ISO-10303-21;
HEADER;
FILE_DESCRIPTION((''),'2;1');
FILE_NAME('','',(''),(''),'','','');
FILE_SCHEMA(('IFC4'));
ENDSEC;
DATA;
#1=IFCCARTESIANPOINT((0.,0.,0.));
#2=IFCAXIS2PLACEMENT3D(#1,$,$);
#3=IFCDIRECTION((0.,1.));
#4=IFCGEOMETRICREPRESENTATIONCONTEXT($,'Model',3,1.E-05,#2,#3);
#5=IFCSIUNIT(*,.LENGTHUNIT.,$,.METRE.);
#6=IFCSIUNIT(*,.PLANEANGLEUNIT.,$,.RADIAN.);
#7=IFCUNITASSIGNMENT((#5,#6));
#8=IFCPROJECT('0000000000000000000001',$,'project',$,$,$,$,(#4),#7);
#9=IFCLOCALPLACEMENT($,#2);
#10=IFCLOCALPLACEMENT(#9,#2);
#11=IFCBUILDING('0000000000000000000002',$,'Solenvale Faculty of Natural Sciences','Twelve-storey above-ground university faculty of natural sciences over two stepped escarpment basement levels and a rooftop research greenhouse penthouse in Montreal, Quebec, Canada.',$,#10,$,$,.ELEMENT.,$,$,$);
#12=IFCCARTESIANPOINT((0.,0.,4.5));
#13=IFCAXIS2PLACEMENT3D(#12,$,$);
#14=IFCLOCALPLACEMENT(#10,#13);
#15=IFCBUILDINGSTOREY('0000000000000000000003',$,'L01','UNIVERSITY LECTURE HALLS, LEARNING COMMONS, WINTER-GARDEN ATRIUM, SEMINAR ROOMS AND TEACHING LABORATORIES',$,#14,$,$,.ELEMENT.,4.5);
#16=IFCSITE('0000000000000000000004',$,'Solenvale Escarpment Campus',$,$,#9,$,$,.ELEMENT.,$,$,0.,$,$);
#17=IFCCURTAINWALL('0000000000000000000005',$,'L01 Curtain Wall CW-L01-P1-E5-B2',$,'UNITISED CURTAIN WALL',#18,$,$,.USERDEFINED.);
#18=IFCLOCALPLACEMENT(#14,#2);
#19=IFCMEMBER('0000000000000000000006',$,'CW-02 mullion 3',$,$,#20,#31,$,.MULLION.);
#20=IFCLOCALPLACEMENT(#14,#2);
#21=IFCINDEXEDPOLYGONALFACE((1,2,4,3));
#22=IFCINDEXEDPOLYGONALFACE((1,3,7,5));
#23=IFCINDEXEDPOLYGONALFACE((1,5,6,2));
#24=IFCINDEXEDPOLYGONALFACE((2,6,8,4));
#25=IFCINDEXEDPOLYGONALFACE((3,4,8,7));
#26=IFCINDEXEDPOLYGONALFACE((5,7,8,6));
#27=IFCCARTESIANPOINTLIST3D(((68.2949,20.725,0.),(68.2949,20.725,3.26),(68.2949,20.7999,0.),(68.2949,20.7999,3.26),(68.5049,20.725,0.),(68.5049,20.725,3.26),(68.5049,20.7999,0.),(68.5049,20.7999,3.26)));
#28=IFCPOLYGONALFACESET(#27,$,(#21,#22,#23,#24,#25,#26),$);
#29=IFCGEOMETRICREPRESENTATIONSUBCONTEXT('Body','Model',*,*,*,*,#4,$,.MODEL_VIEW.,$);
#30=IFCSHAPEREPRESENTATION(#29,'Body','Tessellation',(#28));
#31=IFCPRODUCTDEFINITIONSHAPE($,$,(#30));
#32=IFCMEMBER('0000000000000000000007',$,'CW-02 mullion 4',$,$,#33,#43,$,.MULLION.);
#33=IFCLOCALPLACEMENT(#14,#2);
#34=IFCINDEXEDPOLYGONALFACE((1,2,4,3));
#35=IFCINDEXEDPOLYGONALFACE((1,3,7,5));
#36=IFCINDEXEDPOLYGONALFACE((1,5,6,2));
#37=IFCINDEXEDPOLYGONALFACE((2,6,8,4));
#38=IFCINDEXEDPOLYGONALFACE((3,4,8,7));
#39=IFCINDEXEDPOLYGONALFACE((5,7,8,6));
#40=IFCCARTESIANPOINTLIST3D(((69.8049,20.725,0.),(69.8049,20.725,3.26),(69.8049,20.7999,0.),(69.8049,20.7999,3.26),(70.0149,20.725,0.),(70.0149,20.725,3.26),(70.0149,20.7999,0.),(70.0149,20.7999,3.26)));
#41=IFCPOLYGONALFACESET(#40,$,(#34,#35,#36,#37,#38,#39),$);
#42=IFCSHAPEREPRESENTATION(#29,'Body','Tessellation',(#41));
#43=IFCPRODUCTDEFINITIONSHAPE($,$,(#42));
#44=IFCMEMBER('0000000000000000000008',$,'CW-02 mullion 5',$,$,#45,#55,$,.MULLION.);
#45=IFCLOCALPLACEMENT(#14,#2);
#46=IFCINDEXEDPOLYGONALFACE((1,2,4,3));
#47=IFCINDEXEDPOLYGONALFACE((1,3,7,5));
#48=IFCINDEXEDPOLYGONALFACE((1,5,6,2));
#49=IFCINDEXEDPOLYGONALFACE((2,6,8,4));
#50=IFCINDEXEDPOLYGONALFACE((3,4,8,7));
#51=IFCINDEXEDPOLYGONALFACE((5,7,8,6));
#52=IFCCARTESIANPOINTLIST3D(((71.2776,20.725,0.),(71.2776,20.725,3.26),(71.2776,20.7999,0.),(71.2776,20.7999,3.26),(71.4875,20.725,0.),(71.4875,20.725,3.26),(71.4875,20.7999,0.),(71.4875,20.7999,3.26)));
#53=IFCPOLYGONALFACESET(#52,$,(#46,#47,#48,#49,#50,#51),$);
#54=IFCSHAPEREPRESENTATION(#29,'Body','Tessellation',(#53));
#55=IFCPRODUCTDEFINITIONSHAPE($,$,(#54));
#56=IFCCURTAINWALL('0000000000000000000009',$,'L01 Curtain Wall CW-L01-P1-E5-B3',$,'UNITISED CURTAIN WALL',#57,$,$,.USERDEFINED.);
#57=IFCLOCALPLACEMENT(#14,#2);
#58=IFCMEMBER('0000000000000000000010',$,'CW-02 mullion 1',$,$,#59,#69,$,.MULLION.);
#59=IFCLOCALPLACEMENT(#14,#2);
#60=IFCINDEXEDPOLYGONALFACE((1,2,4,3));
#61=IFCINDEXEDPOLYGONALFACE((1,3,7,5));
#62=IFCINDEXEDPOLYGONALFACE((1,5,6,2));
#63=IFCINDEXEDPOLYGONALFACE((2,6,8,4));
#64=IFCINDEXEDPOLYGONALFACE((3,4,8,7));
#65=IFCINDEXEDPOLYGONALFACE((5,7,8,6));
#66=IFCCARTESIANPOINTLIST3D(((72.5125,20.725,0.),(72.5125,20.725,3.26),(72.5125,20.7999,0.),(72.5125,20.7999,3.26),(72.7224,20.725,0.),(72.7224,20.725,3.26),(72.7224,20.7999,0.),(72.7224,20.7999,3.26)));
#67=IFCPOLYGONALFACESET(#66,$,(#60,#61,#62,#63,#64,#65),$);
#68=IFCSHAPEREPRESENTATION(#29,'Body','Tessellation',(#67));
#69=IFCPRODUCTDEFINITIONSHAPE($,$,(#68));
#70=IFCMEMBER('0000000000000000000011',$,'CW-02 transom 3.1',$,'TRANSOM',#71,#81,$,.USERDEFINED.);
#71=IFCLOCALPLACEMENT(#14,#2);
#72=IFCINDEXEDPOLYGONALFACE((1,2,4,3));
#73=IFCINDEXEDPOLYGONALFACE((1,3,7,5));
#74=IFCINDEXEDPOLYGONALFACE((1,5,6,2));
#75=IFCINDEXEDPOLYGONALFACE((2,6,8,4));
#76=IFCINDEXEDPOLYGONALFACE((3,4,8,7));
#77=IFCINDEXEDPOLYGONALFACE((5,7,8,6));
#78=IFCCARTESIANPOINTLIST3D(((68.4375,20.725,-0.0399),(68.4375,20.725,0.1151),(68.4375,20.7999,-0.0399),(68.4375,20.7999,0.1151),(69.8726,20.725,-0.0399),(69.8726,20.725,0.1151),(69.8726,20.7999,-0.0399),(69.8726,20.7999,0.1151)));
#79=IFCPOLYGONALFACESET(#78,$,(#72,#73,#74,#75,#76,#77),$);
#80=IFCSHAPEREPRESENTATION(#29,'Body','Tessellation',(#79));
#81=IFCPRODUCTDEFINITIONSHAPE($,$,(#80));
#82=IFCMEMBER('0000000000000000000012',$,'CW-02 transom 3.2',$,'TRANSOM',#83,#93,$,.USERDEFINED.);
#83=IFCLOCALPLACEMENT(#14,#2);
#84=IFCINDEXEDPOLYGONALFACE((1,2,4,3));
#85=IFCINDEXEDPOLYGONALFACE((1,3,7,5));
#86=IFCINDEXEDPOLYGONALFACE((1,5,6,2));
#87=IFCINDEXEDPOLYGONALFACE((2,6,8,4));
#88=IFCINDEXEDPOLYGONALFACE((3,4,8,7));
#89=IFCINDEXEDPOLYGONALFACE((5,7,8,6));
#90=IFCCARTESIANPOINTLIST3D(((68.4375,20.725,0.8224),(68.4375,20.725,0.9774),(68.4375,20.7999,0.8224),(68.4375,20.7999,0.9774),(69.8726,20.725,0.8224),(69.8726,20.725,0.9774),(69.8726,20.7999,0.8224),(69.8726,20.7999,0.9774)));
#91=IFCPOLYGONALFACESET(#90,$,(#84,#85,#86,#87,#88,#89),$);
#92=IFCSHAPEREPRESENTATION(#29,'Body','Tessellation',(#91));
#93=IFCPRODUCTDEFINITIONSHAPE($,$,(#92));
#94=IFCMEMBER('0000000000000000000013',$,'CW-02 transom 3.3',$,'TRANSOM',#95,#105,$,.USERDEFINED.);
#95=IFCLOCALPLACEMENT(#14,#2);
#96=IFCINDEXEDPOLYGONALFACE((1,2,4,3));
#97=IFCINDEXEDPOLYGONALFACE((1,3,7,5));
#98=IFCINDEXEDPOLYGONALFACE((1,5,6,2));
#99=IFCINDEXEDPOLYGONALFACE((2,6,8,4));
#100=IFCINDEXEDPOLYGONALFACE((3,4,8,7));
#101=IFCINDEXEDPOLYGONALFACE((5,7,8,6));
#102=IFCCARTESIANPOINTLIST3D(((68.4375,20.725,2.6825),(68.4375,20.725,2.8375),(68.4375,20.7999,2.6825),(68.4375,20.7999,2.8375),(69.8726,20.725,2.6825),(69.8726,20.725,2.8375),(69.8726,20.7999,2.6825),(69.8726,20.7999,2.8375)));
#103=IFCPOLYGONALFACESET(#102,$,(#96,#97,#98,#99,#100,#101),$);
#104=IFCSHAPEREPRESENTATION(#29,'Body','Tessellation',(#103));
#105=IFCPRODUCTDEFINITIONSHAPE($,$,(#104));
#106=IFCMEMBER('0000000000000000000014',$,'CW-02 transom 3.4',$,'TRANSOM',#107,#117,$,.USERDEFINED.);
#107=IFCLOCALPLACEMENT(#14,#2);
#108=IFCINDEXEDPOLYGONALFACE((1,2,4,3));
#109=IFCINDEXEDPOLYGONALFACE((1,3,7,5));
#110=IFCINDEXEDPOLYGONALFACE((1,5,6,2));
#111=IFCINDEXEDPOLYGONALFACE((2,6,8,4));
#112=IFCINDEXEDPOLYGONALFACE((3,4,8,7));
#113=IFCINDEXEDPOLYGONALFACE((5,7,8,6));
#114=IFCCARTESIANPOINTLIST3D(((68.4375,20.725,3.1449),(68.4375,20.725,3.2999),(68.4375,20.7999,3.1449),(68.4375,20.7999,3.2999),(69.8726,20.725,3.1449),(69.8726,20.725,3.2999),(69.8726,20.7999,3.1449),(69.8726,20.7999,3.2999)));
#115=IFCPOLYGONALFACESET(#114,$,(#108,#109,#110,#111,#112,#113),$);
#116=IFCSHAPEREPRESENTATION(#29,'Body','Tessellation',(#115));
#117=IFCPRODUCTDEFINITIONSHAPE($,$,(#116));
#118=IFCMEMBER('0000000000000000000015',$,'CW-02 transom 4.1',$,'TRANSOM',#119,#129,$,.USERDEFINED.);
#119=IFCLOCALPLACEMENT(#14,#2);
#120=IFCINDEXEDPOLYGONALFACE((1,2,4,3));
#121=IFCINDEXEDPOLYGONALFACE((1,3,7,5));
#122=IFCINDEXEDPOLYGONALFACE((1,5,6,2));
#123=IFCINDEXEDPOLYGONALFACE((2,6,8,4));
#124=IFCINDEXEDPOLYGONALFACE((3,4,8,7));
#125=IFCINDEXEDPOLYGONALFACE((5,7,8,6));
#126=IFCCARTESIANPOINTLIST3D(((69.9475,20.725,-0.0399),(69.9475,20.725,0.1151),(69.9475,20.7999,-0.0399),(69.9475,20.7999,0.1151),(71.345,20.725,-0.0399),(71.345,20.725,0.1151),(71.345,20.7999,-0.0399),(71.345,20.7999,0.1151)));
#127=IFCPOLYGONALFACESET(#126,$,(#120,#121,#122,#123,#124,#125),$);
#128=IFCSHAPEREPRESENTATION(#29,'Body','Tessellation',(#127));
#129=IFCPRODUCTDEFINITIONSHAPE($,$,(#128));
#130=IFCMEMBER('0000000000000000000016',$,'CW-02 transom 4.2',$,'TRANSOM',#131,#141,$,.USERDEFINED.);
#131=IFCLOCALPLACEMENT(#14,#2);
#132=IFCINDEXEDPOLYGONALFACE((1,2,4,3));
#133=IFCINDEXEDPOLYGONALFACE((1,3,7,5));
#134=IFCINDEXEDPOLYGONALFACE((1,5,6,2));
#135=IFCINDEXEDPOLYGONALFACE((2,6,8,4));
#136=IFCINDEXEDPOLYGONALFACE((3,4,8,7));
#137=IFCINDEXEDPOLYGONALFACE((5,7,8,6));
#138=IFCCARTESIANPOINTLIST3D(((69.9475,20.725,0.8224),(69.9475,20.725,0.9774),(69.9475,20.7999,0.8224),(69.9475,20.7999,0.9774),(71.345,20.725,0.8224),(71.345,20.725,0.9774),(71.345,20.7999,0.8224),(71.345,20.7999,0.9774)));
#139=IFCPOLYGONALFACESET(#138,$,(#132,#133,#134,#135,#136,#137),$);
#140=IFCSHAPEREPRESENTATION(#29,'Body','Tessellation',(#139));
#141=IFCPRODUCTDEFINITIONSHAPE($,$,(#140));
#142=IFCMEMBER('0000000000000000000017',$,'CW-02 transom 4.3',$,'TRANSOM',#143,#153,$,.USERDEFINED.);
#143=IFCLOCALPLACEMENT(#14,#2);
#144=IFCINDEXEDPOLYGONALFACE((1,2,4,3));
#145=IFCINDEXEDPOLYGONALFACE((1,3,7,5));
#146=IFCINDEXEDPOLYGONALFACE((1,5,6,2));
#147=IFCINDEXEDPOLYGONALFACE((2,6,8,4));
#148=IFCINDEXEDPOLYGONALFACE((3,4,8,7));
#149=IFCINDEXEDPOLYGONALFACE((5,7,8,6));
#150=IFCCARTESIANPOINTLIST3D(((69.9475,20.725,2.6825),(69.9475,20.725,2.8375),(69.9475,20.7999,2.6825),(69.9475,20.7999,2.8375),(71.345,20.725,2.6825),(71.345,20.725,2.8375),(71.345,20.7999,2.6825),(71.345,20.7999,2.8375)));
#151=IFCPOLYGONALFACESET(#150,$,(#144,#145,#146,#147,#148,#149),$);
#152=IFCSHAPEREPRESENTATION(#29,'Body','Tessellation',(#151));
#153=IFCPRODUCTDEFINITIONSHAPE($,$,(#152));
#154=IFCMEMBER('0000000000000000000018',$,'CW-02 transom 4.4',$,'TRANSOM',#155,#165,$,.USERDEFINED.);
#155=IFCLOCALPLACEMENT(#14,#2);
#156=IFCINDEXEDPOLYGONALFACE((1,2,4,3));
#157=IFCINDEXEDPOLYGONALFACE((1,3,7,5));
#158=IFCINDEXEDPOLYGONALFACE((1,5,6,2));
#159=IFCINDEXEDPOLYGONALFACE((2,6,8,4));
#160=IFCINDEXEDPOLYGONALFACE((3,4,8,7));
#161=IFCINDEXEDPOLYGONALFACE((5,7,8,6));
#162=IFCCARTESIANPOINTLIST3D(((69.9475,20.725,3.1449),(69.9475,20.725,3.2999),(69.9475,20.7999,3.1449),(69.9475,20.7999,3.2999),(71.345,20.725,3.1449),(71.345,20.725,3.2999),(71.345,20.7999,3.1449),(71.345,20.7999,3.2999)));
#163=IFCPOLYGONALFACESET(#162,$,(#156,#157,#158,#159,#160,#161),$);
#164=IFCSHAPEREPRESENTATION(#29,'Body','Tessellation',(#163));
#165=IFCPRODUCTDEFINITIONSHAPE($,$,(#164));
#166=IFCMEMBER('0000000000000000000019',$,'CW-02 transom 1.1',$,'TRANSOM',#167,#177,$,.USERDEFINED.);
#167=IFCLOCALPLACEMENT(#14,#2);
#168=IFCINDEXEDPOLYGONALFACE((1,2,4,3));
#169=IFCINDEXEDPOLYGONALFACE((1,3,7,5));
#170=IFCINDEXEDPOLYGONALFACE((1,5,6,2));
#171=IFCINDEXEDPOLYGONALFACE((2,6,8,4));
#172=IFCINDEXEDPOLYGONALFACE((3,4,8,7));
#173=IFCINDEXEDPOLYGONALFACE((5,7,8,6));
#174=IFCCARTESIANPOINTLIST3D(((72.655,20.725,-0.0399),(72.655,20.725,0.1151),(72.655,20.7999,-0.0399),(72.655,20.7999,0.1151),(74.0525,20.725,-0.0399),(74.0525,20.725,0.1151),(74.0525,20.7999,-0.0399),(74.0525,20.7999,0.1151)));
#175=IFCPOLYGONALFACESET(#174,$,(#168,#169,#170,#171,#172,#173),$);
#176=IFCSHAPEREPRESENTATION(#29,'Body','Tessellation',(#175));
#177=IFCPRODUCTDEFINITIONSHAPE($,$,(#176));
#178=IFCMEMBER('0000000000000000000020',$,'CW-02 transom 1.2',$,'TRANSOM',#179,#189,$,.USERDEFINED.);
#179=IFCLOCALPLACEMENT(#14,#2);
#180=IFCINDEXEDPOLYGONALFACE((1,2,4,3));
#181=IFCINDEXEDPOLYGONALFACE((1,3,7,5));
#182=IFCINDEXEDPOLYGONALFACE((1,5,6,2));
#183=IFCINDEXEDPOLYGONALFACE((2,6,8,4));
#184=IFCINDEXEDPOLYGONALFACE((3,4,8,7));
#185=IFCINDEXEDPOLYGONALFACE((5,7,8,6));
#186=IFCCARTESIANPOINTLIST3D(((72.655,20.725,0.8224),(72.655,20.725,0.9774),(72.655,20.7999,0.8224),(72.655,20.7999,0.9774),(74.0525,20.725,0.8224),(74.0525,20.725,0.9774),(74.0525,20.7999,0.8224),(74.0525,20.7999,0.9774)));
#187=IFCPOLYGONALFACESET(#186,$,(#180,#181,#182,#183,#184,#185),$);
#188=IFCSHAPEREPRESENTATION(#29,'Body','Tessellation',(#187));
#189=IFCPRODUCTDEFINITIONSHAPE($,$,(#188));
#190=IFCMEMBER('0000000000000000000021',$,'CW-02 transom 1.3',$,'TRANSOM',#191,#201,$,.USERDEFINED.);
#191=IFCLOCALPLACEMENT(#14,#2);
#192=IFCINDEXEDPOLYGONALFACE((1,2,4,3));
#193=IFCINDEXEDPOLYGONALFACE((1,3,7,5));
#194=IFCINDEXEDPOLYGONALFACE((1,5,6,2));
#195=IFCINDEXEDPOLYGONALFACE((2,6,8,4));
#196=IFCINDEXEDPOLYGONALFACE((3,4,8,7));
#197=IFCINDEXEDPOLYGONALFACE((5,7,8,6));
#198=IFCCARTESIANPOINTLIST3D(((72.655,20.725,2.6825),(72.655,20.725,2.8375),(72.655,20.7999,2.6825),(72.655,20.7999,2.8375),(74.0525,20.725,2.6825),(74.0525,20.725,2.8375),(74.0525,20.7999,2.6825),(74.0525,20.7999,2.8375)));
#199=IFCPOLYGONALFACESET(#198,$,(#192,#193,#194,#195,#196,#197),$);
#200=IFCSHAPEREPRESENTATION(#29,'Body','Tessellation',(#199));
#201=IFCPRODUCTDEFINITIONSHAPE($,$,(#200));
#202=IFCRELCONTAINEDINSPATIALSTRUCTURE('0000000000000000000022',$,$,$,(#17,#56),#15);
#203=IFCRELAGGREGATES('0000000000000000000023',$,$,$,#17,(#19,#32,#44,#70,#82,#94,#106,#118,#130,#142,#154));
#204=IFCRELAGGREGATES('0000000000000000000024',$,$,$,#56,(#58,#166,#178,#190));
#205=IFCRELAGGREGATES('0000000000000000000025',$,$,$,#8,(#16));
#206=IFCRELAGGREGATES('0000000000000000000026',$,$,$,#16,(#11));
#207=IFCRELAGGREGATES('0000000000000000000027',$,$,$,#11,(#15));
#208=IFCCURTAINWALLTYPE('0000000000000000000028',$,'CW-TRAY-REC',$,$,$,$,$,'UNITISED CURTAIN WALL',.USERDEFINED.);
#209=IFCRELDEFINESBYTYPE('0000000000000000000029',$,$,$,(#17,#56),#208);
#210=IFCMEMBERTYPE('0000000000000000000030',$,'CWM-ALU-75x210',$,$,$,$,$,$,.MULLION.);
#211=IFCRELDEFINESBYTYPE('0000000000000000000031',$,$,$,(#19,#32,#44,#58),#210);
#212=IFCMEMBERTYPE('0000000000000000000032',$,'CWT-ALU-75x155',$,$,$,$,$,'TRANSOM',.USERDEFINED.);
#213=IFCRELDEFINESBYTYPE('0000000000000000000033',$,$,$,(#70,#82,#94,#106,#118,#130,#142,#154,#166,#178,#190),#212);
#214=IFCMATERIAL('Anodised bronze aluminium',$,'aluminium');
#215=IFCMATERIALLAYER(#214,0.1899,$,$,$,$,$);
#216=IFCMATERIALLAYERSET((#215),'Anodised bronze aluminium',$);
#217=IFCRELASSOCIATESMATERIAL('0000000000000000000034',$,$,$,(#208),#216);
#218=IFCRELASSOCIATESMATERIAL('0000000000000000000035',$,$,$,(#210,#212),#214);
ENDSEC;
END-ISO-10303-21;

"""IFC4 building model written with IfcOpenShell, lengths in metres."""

from ifc_helpers import new_model, si_unit, direction, frame, origin, origin_2d, place, context, subcontext, project, spatial, rectangle, extrude, material, layer, layer_set, material_profile, profile_set, type_object, element, aggregate, save


model = new_model("IFC4")

# Units and contexts
model_context = context("Model", 3, precision=1e-05, world=origin(), true_north=direction((0.0, 1.0)))
body_context = subcontext(model_context, "Body", "Model", "MODEL_VIEW")
ifc_project = project(units=[si_unit("LENGTHUNIT", "METRE"), si_unit("PLANEANGLEUNIT", "RADIAN")], contexts=[model_context])

# Site, building, storey
site_placement = place(None, origin())
site = spatial("IfcSite", under=ifc_project, at=site_placement, Name="Solenvale Escarpment Campus", CompositionType="ELEMENT", RefElevation=0.0)
building_placement = place(site_placement, origin())
building = spatial("IfcBuilding", under=site, at=building_placement, Name="Solenvale Faculty of Natural Sciences", Description="Twelve-storey above-ground university faculty of natural sciences over two stepped escarpment basement levels and a rooftop research greenhouse penthouse in Montreal, Quebec, Canada.", CompositionType="ELEMENT")
storey_placement = place(building_placement, frame((0.0, 0.0, 4.5)))
storey = spatial("IfcBuildingStorey", under=building, at=storey_placement, Name="L01", Description="UNIVERSITY LECTURE HALLS, LEARNING COMMONS, WINTER-GARDEN ATRIUM, SEMINAR ROOMS AND TEACHING LABORATORIES", CompositionType="ELEMENT", Elevation=4.5)

# Curtain wall, members
ifc_material_1 = material(Name="Anodised bronze aluminium", Category="aluminium")
ifc_layer_1 = layer(ifc_material_1, 0.1899)
ifc_layer_set_1 = layer_set([ifc_layer_1], Name="Anodised bronze aluminium")
curtain_wall_type = type_object("IfcCurtainWallType", Name="CW-TRAY-REC", ElementType="UNITISED CURTAIN WALL", PredefinedType="USERDEFINED", material=ifc_layer_set_1)
curtain_wall_1_placement = place(storey_placement, origin())
curtain_wall_1 = element("IfcCurtainWall", 1, at=curtain_wall_1_placement, inside=storey, type_object=curtain_wall_type, Name="L01 Curtain Wall CW-L01-P1-E5-B2", ObjectType="UNITISED CURTAIN WALL", PredefinedType="USERDEFINED")
ifc_material_profile_1 = material_profile(ifc_material_1, rectangle(XDim=0.075, YDim=0.21, at=origin_2d()), Name="ALU-MUL-75x210")
ifc_profile_set_1 = profile_set([ifc_material_profile_1], Name="Anodised bronze aluminium")
member_type_1 = type_object("IfcMemberType", Name="CWM-ALU-75x210", PredefinedType="MULLION", material=ifc_profile_set_1)
member_1_placement = place(storey_placement, frame((68.3999, 20.7625, 0.0), z_axis=(0.0, 0.0, 1.0), x_axis=(0.0, 1.0, 0.0)))
member_1 = element("IfcMember", 2, at=member_1_placement, type_object=member_type_1, Name="CW-02 mullion 3", PredefinedType="MULLION", context=body_context, shape_type="SweptSolid", body=[
    extrude(rectangle(XDim=0.075, YDim=0.21, at=origin_2d()), origin(), (0.0, 0.0, 1.0), 3.26),
])
member_2_placement = place(storey_placement, frame((69.9099, 20.7625, 0.0), z_axis=(0.0, 0.0, 1.0), x_axis=(0.0, 1.0, 0.0)))
member_2 = element("IfcMember", 3, at=member_2_placement, type_object=member_type_1, Name="CW-02 mullion 4", PredefinedType="MULLION", context=body_context, shape_type="SweptSolid", body=[
    extrude(rectangle(XDim=0.075, YDim=0.21, at=origin_2d()), origin(), (0.0, 0.0, 1.0), 3.26),
])
member_3_placement = place(storey_placement, frame((71.3826, 20.7625, 0.0), z_axis=(0.0, 0.0, 1.0), x_axis=(0.0, 1.0, 0.0)))
member_3 = element("IfcMember", 4, at=member_3_placement, type_object=member_type_1, Name="CW-02 mullion 5", PredefinedType="MULLION", context=body_context, shape_type="SweptSolid", body=[
    extrude(rectangle(XDim=0.075, YDim=0.21, at=origin_2d()), origin(), (0.0, 0.0, 1.0), 3.26),
])

# Curtain wall, member
curtain_wall_2_placement = place(storey_placement, origin())
curtain_wall_2 = element("IfcCurtainWall", 5, at=curtain_wall_2_placement, inside=storey, type_object=curtain_wall_type, Name="L01 Curtain Wall CW-L01-P1-E5-B3", ObjectType="UNITISED CURTAIN WALL", PredefinedType="USERDEFINED")
member_4_placement = place(storey_placement, frame((72.6174, 20.7625, 0.0), z_axis=(0.0, 0.0, 1.0), x_axis=(0.0, 1.0, 0.0)))
member_4 = element("IfcMember", 6, at=member_4_placement, type_object=member_type_1, Name="CW-02 mullion 1", PredefinedType="MULLION", context=body_context, shape_type="SweptSolid", body=[
    extrude(rectangle(XDim=0.075, YDim=0.21, at=origin_2d()), origin(), (0.0, 0.0, 1.0), 3.26),
])

# Members
ifc_material_profile_2 = material_profile(ifc_material_1, rectangle(XDim=0.075, YDim=0.155, at=origin_2d()), Name="ALU-TRN-75x155")
ifc_profile_set_2 = profile_set([ifc_material_profile_2], Name="Anodised bronze aluminium")
member_type_2 = type_object("IfcMemberType", Name="CWT-ALU-75x155", ElementType="TRANSOM", PredefinedType="USERDEFINED", material=ifc_profile_set_2)
member_5_placement = place(storey_placement, frame((68.4375, 20.7625, 0.0376), z_axis=(1.0, 0.0, 0.0), x_axis=(0.0, 1.0, 0.0)))
member_5 = element("IfcMember", 7, at=member_5_placement, type_object=member_type_2, Name="CW-02 transom 3.1", ObjectType="TRANSOM", PredefinedType="USERDEFINED", context=body_context, shape_type="SweptSolid", body=[
    extrude(rectangle(XDim=0.075, YDim=0.155, at=origin_2d()), origin(), (0.0, 0.0, 1.0), 1.4351),
])
member_6_placement = place(storey_placement, frame((68.4375, 20.7625, 0.8999), z_axis=(1.0, 0.0, 0.0), x_axis=(0.0, 1.0, 0.0)))
member_6 = element("IfcMember", 8, at=member_6_placement, type_object=member_type_2, Name="CW-02 transom 3.2", ObjectType="TRANSOM", PredefinedType="USERDEFINED", context=body_context, shape_type="SweptSolid", body=[
    extrude(rectangle(XDim=0.075, YDim=0.155, at=origin_2d()), origin(), (0.0, 0.0, 1.0), 1.4351),
])
member_7_placement = place(storey_placement, frame((68.4375, 20.7625, 2.76), z_axis=(1.0, 0.0, 0.0), x_axis=(0.0, 1.0, 0.0)))
member_7 = element("IfcMember", 9, at=member_7_placement, type_object=member_type_2, Name="CW-02 transom 3.3", ObjectType="TRANSOM", PredefinedType="USERDEFINED", context=body_context, shape_type="SweptSolid", body=[
    extrude(rectangle(XDim=0.075, YDim=0.155, at=origin_2d()), origin(), (0.0, 0.0, 1.0), 1.4351),
])
member_8_placement = place(storey_placement, frame((68.4375, 20.7625, 3.2224), z_axis=(1.0, 0.0, 0.0), x_axis=(0.0, 1.0, 0.0)))
member_8 = element("IfcMember", 10, at=member_8_placement, type_object=member_type_2, Name="CW-02 transom 3.4", ObjectType="TRANSOM", PredefinedType="USERDEFINED", context=body_context, shape_type="SweptSolid", body=[
    extrude(rectangle(XDim=0.075, YDim=0.155, at=origin_2d()), origin(), (0.0, 0.0, 1.0), 1.4351),
])
member_9_placement = place(storey_placement, frame((69.9475, 20.7625, 0.0376), z_axis=(1.0, 0.0, 0.0), x_axis=(0.0, 1.0, 0.0)))
member_9 = element("IfcMember", 11, at=member_9_placement, type_object=member_type_2, Name="CW-02 transom 4.1", ObjectType="TRANSOM", PredefinedType="USERDEFINED", context=body_context, shape_type="SweptSolid", body=[
    extrude(rectangle(XDim=0.075, YDim=0.155, at=origin_2d()), origin(), (0.0, 0.0, 1.0), 1.3975),
])
member_10_placement = place(storey_placement, frame((69.9475, 20.7625, 0.8999), z_axis=(1.0, 0.0, 0.0), x_axis=(0.0, 1.0, 0.0)))
member_10 = element("IfcMember", 12, at=member_10_placement, type_object=member_type_2, Name="CW-02 transom 4.2", ObjectType="TRANSOM", PredefinedType="USERDEFINED", context=body_context, shape_type="SweptSolid", body=[
    extrude(rectangle(XDim=0.075, YDim=0.155, at=origin_2d()), origin(), (0.0, 0.0, 1.0), 1.3975),
])
member_11_placement = place(storey_placement, frame((69.9475, 20.7625, 2.76), z_axis=(1.0, 0.0, 0.0), x_axis=(0.0, 1.0, 0.0)))
member_11 = element("IfcMember", 13, at=member_11_placement, type_object=member_type_2, Name="CW-02 transom 4.3", ObjectType="TRANSOM", PredefinedType="USERDEFINED", context=body_context, shape_type="SweptSolid", body=[
    extrude(rectangle(XDim=0.075, YDim=0.155, at=origin_2d()), origin(), (0.0, 0.0, 1.0), 1.3975),
])
member_12_placement = place(storey_placement, frame((69.9475, 20.7625, 3.2224), z_axis=(1.0, 0.0, 0.0), x_axis=(0.0, 1.0, 0.0)))
member_12 = element("IfcMember", 14, at=member_12_placement, type_object=member_type_2, Name="CW-02 transom 4.4", ObjectType="TRANSOM", PredefinedType="USERDEFINED", context=body_context, shape_type="SweptSolid", body=[
    extrude(rectangle(XDim=0.075, YDim=0.155, at=origin_2d()), origin(), (0.0, 0.0, 1.0), 1.3975),
])
member_13_placement = place(storey_placement, frame((72.655, 20.7625, 0.0376), z_axis=(1.0, 0.0, 0.0), x_axis=(0.0, 1.0, 0.0)))
member_13 = element("IfcMember", 15, at=member_13_placement, type_object=member_type_2, Name="CW-02 transom 1.1", ObjectType="TRANSOM", PredefinedType="USERDEFINED", context=body_context, shape_type="SweptSolid", body=[
    extrude(rectangle(XDim=0.075, YDim=0.155, at=origin_2d()), origin(), (0.0, 0.0, 1.0), 1.3975),
])
member_14_placement = place(storey_placement, frame((72.655, 20.7625, 0.8999), z_axis=(1.0, 0.0, 0.0), x_axis=(0.0, 1.0, 0.0)))
member_14 = element("IfcMember", 16, at=member_14_placement, type_object=member_type_2, Name="CW-02 transom 1.2", ObjectType="TRANSOM", PredefinedType="USERDEFINED", context=body_context, shape_type="SweptSolid", body=[
    extrude(rectangle(XDim=0.075, YDim=0.155, at=origin_2d()), origin(), (0.0, 0.0, 1.0), 1.3975),
])
member_15_placement = place(storey_placement, frame((72.655, 20.7625, 2.76), z_axis=(1.0, 0.0, 0.0), x_axis=(0.0, 1.0, 0.0)))
member_15 = element("IfcMember", 17, at=member_15_placement, type_object=member_type_2, Name="CW-02 transom 1.3", ObjectType="TRANSOM", PredefinedType="USERDEFINED", context=body_context, shape_type="SweptSolid", body=[
    extrude(rectangle(XDim=0.075, YDim=0.155, at=origin_2d()), origin(), (0.0, 0.0, 1.0), 1.3975),
])

aggregate(curtain_wall_1, [member_1, member_2, member_3, member_5, member_6, member_7, member_8, member_9, member_10, member_11, member_12])
aggregate(curtain_wall_2, [member_4, member_13, member_14, member_15])

save(model, "model.ifc")
